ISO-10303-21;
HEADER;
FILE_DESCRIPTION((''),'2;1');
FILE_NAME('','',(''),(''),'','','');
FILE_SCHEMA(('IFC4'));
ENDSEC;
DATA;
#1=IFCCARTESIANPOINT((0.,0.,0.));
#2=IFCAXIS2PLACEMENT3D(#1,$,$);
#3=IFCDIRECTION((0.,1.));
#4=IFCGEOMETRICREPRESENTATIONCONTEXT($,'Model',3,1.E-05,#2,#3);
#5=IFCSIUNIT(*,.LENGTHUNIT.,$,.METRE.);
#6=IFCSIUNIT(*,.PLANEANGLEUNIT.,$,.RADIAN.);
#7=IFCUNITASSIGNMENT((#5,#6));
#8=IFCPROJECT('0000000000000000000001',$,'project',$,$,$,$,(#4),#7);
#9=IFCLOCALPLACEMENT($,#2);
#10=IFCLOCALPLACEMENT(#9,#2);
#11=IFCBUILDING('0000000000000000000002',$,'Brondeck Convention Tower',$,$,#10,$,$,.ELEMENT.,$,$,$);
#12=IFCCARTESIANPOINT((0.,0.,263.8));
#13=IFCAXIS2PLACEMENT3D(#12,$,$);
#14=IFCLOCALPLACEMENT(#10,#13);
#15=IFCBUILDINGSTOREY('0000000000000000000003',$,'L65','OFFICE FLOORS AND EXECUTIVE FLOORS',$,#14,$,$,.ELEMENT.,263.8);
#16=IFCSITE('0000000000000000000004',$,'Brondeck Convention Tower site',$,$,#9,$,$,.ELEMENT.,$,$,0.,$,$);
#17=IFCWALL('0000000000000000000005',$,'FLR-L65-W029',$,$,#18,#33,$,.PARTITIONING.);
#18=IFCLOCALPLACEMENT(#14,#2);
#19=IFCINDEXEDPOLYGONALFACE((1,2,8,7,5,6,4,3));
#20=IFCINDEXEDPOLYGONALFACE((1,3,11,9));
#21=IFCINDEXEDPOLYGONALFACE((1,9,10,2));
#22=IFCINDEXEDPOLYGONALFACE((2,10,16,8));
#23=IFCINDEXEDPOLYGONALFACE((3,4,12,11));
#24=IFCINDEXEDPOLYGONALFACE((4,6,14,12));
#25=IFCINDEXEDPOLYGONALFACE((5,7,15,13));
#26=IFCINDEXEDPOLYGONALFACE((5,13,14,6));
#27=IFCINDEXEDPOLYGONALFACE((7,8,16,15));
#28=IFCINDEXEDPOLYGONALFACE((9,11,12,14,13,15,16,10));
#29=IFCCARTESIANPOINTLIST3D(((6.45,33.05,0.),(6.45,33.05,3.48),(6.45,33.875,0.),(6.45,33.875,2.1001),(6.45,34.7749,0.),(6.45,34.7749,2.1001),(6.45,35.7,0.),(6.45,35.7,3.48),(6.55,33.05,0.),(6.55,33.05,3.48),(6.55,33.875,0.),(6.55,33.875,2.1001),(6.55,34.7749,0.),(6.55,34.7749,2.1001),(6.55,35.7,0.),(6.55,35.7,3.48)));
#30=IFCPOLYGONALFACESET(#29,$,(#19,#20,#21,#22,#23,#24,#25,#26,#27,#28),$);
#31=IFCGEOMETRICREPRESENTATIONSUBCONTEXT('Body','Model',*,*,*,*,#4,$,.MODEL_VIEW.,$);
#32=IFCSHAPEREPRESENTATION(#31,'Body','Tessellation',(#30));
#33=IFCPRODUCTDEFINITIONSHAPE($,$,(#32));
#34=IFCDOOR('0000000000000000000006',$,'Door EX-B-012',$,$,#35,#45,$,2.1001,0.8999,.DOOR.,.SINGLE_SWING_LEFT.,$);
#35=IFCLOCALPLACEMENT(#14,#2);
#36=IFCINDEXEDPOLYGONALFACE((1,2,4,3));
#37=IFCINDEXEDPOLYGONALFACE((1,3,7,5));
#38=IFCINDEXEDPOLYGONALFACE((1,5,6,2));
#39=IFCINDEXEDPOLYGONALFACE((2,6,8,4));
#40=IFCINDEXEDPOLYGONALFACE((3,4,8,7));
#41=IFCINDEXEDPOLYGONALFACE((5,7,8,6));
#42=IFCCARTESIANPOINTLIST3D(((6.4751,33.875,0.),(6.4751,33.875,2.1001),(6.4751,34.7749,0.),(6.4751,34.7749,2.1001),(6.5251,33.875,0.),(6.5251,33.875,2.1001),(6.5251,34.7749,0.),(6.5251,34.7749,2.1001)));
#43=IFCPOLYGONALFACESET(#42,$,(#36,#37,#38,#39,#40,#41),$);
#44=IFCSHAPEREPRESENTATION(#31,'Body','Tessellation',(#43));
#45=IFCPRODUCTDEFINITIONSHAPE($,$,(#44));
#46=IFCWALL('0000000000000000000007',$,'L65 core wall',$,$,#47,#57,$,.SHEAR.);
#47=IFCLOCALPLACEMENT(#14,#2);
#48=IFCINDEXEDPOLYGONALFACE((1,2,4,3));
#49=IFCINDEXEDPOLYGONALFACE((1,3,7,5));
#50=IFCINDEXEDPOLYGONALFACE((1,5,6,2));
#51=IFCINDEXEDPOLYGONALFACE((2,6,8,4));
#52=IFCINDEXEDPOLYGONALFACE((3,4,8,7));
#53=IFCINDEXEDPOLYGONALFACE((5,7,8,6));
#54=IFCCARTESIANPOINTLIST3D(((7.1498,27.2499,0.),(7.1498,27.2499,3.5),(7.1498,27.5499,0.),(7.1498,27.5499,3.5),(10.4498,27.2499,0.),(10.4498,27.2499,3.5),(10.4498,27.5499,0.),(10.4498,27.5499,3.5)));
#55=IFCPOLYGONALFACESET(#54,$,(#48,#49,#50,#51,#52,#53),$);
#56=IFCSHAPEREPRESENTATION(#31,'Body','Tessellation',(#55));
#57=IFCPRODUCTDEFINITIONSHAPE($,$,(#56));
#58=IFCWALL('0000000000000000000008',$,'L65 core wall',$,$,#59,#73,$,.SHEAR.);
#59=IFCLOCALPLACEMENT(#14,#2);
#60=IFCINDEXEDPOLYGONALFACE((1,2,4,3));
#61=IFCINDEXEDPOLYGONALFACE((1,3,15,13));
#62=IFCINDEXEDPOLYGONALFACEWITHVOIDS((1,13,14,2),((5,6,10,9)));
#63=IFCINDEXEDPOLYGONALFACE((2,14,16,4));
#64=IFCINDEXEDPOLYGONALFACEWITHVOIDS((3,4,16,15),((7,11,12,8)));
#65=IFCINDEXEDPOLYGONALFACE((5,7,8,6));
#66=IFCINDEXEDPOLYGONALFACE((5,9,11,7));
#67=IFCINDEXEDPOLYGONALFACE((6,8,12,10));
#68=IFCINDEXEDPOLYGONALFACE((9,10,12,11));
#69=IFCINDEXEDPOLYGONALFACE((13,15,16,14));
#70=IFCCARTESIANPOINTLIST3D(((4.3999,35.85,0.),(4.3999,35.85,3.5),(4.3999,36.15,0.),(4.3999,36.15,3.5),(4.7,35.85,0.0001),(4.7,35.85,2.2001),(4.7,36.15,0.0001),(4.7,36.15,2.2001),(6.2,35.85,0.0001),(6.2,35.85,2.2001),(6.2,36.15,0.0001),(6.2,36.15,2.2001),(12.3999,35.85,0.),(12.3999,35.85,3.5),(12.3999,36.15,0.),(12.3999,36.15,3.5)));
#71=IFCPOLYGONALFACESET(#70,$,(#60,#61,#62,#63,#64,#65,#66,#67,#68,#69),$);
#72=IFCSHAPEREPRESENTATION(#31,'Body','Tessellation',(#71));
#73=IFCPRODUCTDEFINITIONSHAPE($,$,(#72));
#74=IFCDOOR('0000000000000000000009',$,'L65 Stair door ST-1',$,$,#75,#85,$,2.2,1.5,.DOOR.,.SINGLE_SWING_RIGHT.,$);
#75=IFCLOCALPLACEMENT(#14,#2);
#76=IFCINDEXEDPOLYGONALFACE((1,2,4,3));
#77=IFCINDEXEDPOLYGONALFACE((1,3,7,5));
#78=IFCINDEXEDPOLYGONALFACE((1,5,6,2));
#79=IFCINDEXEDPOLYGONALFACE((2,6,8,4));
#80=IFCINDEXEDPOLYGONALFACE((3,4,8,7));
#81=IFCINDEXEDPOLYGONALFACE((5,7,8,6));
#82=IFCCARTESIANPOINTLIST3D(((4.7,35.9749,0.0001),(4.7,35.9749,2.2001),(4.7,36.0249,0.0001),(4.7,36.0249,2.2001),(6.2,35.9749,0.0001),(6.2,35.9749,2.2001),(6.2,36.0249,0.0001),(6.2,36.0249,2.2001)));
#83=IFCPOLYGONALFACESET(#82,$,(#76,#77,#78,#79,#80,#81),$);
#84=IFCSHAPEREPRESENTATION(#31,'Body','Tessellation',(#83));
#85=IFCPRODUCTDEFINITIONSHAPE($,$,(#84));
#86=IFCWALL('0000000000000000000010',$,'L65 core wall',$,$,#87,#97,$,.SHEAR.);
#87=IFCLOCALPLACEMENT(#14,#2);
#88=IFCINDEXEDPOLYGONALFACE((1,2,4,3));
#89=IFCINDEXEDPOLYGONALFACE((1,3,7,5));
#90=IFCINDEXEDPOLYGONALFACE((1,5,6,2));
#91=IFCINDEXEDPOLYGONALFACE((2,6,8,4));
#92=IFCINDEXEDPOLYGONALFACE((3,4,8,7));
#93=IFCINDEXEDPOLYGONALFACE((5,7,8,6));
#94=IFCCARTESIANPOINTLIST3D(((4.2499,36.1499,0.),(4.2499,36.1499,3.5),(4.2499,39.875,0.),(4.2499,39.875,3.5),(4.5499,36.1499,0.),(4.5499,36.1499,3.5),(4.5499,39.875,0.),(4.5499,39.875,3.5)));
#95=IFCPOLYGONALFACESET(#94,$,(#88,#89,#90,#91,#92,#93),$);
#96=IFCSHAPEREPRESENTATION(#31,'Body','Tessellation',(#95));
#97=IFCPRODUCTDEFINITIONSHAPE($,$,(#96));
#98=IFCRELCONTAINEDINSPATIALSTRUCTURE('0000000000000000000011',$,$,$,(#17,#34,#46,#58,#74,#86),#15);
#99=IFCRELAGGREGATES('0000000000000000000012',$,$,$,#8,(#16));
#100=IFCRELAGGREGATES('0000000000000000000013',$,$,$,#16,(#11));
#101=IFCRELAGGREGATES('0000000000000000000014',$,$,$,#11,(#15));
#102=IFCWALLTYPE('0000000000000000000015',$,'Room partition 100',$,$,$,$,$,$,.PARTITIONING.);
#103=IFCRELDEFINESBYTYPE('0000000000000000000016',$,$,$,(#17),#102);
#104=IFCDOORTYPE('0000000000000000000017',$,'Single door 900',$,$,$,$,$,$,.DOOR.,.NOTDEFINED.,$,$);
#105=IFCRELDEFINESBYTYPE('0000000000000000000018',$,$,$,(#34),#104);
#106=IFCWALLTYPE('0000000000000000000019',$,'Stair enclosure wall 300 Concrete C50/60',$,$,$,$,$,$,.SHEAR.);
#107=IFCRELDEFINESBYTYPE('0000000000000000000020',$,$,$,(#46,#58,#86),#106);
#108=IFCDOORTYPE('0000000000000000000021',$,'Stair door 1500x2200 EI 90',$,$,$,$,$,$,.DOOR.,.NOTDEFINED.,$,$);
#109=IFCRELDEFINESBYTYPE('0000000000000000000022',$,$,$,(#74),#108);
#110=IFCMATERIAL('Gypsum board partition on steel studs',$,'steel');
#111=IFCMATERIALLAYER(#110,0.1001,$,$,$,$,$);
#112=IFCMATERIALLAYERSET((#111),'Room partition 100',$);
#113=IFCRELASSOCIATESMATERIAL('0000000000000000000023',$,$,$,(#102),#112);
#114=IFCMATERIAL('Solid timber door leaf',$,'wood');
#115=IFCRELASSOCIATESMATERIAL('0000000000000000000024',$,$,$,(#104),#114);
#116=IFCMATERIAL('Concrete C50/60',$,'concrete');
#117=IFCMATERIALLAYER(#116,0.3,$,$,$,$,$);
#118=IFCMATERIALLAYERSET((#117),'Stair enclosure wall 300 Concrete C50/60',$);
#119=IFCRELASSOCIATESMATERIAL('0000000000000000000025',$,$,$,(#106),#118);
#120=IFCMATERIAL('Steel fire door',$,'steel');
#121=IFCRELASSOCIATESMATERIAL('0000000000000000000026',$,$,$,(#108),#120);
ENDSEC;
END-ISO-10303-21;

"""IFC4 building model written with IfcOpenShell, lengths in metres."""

from ifc_helpers import new_model, si_unit, direction, frame, frame_2d, origin, place, context, subcontext, project, spatial, rectangle, extrude, material, layer, layer_set, type_object, element, fill, save


model = new_model("IFC4")

# Units and contexts
model_context = context("Model", 3, precision=1e-05, world=origin(), true_north=direction((0.0, 1.0)))
body_context = subcontext(model_context, "Body", "Model", "MODEL_VIEW")
ifc_project = project(units=[si_unit("LENGTHUNIT", "METRE"), si_unit("PLANEANGLEUNIT", "RADIAN")], contexts=[model_context])

# Site, building, storey
site_placement = place(None, origin())
site = spatial("IfcSite", under=ifc_project, at=site_placement, Name="Brondeck Convention Tower site", CompositionType="ELEMENT", RefElevation=0.0)
building_placement = place(site_placement, origin())
building = spatial("IfcBuilding", under=site, at=building_placement, Name="Brondeck Convention Tower", CompositionType="ELEMENT")
storey_placement = place(building_placement, frame((0.0, 0.0, 263.8)))
storey = spatial("IfcBuildingStorey", under=building, at=storey_placement, Name="L65", Description="OFFICE FLOORS AND EXECUTIVE FLOORS", CompositionType="ELEMENT", Elevation=263.8)

# Shared definitions
ifc_material_1 = material(Name="Concrete C50/60", Category="concrete")

# Shared definitions
ifc_material_2 = material(Name="Steel fire door", Category="steel")

# Shared definitions
ifc_material_3 = material(Name="Gypsum board partition on steel studs", Category="steel")
ifc_layer_1 = layer(ifc_material_3, 0.1001)
ifc_layer_set_1 = layer_set([ifc_layer_1], Name="Room partition 100")
wall_type_1 = type_object("IfcWallType", Name="Room partition 100", PredefinedType="PARTITIONING", material=ifc_layer_set_1)

# Wall, opening, door
wall_1_placement = place(storey_placement, frame((6.5, 33.05, 0.0), z_axis=(0.0, 0.0, 1.0), x_axis=(0.0, 1.0, 0.0)))
wall_1 = element("IfcWall", 1, at=wall_1_placement, inside=storey, type_object=wall_type_1, Name="FLR-L65-W029", PredefinedType="PARTITIONING", context=body_context, shape_type="SweptSolid", body=[
    extrude(rectangle(XDim=2.6499, YDim=0.1001, at=frame_2d((1.325, 0.0))), origin(), (0.0, 0.0, 1.0), 3.48),
])
opening_1_placement = place(wall_1_placement, frame((0.825, 0.0, 0.0)))
opening_1 = element("IfcOpeningElement", 2, at=opening_1_placement, cuts=wall_1, PredefinedType="OPENING", context=body_context, shape_type="SweptSolid", body=[
    extrude(rectangle(XDim=0.8999, YDim=2.1001, at=frame_2d((0.45, 1.05))), frame((0.0, 0.0601, 0.0), z_axis=(0.0, -1.0, 0.0), x_axis=(1.0, 0.0, 0.0)), (0.0, 0.0, 1.0), 0.1201),
])
ifc_material_4 = material(Name="Solid timber door leaf", Category="wood")
door_type_1 = type_object("IfcDoorType", Name="Single door 900", OperationType="NOTDEFINED", PredefinedType="DOOR", material=ifc_material_4)
door_1_placement = place(opening_1_placement, origin())
door_1 = element("IfcDoor", 3, at=door_1_placement, inside=storey, type_object=door_type_1, Name="Door EX-B-012", OperationType="SINGLE_SWING_LEFT", OverallHeight=2.1001, OverallWidth=0.8999, PredefinedType="DOOR", context=body_context, shape_type="SweptSolid", body=[
    extrude(rectangle(XDim=0.8999, YDim=2.1001, at=frame_2d((0.45, 1.05))), frame((0.0, 0.0249, 0.0), z_axis=(0.0, -1.0, 0.0), x_axis=(1.0, 0.0, 0.0)), (0.0, 0.0, 1.0), 0.05),
])
fill(opening_1, door_1)

# Wall
ifc_layer_2 = layer(ifc_material_1, 0.3)
ifc_layer_set_2 = layer_set([ifc_layer_2], Name="Stair enclosure wall 300 Concrete C50/60")
wall_type_2 = type_object("IfcWallType", Name="Stair enclosure wall 300 Concrete C50/60", PredefinedType="SHEAR", material=ifc_layer_set_2)
wall_2_placement = place(storey_placement, frame((7.1499, 27.3999, 0.0), z_axis=(0.0, 0.0, 1.0), x_axis=(1.0, 0.0, 0.0)))
element("IfcWall", 4, at=wall_2_placement, inside=storey, type_object=wall_type_2, Name="L65 core wall", PredefinedType="SHEAR", context=body_context, shape_type="SweptSolid", body=[
    extrude(rectangle(XDim=3.3, YDim=0.3, at=frame_2d((1.6499, 0.0))), origin(), (0.0, 0.0, 1.0), 3.5),
])

# Wall, opening, door
wall_3_placement = place(storey_placement, frame((4.3999, 36.0, 0.0), z_axis=(0.0, 0.0, 1.0), x_axis=(1.0, 0.0, 0.0)))
wall_3 = element("IfcWall", 5, at=wall_3_placement, inside=storey, type_object=wall_type_2, Name="L65 core wall", PredefinedType="SHEAR", context=body_context, shape_type="SweptSolid", body=[
    extrude(rectangle(XDim=8.0, YDim=0.3, at=frame_2d((4.0, 0.0))), origin(), (0.0, 0.0, 1.0), 3.5),
])
opening_2_placement = place(wall_3_placement, frame((0.3, 0.0, 0.0)))
opening_2 = element("IfcOpeningElement", 6, at=opening_2_placement, cuts=wall_3, PredefinedType="OPENING", context=body_context, shape_type="SweptSolid", body=[
    extrude(rectangle(XDim=1.5, YDim=2.2, at=frame_2d((0.75, 1.1001))), frame((0.0, 0.1599, 0.0), z_axis=(0.0, -1.0, 0.0), x_axis=(1.0, 0.0, 0.0)), (0.0, 0.0, 1.0), 0.3201),
])
door_type_2 = type_object("IfcDoorType", Name="Stair door 1500x2200 EI 90", OperationType="NOTDEFINED", PredefinedType="DOOR", material=ifc_material_2)
door_2_placement = place(opening_2_placement, origin())
door_2 = element("IfcDoor", 7, at=door_2_placement, inside=storey, type_object=door_type_2, Name="L65 Stair door ST-1", OperationType="SINGLE_SWING_RIGHT", OverallHeight=2.2, OverallWidth=1.5, PredefinedType="DOOR", context=body_context, shape_type="SweptSolid", body=[
    extrude(rectangle(XDim=1.5, YDim=2.2, at=frame_2d((0.75, 1.1001))), frame((0.0, 0.0249, 0.0), z_axis=(0.0, -1.0, 0.0), x_axis=(1.0, 0.0, 0.0)), (0.0, 0.0, 1.0), 0.05),
])
fill(opening_2, door_2)

# Wall
wall_4_placement = place(storey_placement, frame((4.3999, 36.1499, 0.0), z_axis=(0.0, 0.0, 1.0), x_axis=(0.0, 1.0, 0.0)))
element("IfcWall", 8, at=wall_4_placement, inside=storey, type_object=wall_type_2, Name="L65 core wall", PredefinedType="SHEAR", context=body_context, shape_type="SweptSolid", body=[
    extrude(rectangle(XDim=3.7251, YDim=0.3, at=frame_2d((1.8625, 0.0))), origin(), (0.0, 0.0, 1.0), 3.5),
])

save(model, "model.ifc")
